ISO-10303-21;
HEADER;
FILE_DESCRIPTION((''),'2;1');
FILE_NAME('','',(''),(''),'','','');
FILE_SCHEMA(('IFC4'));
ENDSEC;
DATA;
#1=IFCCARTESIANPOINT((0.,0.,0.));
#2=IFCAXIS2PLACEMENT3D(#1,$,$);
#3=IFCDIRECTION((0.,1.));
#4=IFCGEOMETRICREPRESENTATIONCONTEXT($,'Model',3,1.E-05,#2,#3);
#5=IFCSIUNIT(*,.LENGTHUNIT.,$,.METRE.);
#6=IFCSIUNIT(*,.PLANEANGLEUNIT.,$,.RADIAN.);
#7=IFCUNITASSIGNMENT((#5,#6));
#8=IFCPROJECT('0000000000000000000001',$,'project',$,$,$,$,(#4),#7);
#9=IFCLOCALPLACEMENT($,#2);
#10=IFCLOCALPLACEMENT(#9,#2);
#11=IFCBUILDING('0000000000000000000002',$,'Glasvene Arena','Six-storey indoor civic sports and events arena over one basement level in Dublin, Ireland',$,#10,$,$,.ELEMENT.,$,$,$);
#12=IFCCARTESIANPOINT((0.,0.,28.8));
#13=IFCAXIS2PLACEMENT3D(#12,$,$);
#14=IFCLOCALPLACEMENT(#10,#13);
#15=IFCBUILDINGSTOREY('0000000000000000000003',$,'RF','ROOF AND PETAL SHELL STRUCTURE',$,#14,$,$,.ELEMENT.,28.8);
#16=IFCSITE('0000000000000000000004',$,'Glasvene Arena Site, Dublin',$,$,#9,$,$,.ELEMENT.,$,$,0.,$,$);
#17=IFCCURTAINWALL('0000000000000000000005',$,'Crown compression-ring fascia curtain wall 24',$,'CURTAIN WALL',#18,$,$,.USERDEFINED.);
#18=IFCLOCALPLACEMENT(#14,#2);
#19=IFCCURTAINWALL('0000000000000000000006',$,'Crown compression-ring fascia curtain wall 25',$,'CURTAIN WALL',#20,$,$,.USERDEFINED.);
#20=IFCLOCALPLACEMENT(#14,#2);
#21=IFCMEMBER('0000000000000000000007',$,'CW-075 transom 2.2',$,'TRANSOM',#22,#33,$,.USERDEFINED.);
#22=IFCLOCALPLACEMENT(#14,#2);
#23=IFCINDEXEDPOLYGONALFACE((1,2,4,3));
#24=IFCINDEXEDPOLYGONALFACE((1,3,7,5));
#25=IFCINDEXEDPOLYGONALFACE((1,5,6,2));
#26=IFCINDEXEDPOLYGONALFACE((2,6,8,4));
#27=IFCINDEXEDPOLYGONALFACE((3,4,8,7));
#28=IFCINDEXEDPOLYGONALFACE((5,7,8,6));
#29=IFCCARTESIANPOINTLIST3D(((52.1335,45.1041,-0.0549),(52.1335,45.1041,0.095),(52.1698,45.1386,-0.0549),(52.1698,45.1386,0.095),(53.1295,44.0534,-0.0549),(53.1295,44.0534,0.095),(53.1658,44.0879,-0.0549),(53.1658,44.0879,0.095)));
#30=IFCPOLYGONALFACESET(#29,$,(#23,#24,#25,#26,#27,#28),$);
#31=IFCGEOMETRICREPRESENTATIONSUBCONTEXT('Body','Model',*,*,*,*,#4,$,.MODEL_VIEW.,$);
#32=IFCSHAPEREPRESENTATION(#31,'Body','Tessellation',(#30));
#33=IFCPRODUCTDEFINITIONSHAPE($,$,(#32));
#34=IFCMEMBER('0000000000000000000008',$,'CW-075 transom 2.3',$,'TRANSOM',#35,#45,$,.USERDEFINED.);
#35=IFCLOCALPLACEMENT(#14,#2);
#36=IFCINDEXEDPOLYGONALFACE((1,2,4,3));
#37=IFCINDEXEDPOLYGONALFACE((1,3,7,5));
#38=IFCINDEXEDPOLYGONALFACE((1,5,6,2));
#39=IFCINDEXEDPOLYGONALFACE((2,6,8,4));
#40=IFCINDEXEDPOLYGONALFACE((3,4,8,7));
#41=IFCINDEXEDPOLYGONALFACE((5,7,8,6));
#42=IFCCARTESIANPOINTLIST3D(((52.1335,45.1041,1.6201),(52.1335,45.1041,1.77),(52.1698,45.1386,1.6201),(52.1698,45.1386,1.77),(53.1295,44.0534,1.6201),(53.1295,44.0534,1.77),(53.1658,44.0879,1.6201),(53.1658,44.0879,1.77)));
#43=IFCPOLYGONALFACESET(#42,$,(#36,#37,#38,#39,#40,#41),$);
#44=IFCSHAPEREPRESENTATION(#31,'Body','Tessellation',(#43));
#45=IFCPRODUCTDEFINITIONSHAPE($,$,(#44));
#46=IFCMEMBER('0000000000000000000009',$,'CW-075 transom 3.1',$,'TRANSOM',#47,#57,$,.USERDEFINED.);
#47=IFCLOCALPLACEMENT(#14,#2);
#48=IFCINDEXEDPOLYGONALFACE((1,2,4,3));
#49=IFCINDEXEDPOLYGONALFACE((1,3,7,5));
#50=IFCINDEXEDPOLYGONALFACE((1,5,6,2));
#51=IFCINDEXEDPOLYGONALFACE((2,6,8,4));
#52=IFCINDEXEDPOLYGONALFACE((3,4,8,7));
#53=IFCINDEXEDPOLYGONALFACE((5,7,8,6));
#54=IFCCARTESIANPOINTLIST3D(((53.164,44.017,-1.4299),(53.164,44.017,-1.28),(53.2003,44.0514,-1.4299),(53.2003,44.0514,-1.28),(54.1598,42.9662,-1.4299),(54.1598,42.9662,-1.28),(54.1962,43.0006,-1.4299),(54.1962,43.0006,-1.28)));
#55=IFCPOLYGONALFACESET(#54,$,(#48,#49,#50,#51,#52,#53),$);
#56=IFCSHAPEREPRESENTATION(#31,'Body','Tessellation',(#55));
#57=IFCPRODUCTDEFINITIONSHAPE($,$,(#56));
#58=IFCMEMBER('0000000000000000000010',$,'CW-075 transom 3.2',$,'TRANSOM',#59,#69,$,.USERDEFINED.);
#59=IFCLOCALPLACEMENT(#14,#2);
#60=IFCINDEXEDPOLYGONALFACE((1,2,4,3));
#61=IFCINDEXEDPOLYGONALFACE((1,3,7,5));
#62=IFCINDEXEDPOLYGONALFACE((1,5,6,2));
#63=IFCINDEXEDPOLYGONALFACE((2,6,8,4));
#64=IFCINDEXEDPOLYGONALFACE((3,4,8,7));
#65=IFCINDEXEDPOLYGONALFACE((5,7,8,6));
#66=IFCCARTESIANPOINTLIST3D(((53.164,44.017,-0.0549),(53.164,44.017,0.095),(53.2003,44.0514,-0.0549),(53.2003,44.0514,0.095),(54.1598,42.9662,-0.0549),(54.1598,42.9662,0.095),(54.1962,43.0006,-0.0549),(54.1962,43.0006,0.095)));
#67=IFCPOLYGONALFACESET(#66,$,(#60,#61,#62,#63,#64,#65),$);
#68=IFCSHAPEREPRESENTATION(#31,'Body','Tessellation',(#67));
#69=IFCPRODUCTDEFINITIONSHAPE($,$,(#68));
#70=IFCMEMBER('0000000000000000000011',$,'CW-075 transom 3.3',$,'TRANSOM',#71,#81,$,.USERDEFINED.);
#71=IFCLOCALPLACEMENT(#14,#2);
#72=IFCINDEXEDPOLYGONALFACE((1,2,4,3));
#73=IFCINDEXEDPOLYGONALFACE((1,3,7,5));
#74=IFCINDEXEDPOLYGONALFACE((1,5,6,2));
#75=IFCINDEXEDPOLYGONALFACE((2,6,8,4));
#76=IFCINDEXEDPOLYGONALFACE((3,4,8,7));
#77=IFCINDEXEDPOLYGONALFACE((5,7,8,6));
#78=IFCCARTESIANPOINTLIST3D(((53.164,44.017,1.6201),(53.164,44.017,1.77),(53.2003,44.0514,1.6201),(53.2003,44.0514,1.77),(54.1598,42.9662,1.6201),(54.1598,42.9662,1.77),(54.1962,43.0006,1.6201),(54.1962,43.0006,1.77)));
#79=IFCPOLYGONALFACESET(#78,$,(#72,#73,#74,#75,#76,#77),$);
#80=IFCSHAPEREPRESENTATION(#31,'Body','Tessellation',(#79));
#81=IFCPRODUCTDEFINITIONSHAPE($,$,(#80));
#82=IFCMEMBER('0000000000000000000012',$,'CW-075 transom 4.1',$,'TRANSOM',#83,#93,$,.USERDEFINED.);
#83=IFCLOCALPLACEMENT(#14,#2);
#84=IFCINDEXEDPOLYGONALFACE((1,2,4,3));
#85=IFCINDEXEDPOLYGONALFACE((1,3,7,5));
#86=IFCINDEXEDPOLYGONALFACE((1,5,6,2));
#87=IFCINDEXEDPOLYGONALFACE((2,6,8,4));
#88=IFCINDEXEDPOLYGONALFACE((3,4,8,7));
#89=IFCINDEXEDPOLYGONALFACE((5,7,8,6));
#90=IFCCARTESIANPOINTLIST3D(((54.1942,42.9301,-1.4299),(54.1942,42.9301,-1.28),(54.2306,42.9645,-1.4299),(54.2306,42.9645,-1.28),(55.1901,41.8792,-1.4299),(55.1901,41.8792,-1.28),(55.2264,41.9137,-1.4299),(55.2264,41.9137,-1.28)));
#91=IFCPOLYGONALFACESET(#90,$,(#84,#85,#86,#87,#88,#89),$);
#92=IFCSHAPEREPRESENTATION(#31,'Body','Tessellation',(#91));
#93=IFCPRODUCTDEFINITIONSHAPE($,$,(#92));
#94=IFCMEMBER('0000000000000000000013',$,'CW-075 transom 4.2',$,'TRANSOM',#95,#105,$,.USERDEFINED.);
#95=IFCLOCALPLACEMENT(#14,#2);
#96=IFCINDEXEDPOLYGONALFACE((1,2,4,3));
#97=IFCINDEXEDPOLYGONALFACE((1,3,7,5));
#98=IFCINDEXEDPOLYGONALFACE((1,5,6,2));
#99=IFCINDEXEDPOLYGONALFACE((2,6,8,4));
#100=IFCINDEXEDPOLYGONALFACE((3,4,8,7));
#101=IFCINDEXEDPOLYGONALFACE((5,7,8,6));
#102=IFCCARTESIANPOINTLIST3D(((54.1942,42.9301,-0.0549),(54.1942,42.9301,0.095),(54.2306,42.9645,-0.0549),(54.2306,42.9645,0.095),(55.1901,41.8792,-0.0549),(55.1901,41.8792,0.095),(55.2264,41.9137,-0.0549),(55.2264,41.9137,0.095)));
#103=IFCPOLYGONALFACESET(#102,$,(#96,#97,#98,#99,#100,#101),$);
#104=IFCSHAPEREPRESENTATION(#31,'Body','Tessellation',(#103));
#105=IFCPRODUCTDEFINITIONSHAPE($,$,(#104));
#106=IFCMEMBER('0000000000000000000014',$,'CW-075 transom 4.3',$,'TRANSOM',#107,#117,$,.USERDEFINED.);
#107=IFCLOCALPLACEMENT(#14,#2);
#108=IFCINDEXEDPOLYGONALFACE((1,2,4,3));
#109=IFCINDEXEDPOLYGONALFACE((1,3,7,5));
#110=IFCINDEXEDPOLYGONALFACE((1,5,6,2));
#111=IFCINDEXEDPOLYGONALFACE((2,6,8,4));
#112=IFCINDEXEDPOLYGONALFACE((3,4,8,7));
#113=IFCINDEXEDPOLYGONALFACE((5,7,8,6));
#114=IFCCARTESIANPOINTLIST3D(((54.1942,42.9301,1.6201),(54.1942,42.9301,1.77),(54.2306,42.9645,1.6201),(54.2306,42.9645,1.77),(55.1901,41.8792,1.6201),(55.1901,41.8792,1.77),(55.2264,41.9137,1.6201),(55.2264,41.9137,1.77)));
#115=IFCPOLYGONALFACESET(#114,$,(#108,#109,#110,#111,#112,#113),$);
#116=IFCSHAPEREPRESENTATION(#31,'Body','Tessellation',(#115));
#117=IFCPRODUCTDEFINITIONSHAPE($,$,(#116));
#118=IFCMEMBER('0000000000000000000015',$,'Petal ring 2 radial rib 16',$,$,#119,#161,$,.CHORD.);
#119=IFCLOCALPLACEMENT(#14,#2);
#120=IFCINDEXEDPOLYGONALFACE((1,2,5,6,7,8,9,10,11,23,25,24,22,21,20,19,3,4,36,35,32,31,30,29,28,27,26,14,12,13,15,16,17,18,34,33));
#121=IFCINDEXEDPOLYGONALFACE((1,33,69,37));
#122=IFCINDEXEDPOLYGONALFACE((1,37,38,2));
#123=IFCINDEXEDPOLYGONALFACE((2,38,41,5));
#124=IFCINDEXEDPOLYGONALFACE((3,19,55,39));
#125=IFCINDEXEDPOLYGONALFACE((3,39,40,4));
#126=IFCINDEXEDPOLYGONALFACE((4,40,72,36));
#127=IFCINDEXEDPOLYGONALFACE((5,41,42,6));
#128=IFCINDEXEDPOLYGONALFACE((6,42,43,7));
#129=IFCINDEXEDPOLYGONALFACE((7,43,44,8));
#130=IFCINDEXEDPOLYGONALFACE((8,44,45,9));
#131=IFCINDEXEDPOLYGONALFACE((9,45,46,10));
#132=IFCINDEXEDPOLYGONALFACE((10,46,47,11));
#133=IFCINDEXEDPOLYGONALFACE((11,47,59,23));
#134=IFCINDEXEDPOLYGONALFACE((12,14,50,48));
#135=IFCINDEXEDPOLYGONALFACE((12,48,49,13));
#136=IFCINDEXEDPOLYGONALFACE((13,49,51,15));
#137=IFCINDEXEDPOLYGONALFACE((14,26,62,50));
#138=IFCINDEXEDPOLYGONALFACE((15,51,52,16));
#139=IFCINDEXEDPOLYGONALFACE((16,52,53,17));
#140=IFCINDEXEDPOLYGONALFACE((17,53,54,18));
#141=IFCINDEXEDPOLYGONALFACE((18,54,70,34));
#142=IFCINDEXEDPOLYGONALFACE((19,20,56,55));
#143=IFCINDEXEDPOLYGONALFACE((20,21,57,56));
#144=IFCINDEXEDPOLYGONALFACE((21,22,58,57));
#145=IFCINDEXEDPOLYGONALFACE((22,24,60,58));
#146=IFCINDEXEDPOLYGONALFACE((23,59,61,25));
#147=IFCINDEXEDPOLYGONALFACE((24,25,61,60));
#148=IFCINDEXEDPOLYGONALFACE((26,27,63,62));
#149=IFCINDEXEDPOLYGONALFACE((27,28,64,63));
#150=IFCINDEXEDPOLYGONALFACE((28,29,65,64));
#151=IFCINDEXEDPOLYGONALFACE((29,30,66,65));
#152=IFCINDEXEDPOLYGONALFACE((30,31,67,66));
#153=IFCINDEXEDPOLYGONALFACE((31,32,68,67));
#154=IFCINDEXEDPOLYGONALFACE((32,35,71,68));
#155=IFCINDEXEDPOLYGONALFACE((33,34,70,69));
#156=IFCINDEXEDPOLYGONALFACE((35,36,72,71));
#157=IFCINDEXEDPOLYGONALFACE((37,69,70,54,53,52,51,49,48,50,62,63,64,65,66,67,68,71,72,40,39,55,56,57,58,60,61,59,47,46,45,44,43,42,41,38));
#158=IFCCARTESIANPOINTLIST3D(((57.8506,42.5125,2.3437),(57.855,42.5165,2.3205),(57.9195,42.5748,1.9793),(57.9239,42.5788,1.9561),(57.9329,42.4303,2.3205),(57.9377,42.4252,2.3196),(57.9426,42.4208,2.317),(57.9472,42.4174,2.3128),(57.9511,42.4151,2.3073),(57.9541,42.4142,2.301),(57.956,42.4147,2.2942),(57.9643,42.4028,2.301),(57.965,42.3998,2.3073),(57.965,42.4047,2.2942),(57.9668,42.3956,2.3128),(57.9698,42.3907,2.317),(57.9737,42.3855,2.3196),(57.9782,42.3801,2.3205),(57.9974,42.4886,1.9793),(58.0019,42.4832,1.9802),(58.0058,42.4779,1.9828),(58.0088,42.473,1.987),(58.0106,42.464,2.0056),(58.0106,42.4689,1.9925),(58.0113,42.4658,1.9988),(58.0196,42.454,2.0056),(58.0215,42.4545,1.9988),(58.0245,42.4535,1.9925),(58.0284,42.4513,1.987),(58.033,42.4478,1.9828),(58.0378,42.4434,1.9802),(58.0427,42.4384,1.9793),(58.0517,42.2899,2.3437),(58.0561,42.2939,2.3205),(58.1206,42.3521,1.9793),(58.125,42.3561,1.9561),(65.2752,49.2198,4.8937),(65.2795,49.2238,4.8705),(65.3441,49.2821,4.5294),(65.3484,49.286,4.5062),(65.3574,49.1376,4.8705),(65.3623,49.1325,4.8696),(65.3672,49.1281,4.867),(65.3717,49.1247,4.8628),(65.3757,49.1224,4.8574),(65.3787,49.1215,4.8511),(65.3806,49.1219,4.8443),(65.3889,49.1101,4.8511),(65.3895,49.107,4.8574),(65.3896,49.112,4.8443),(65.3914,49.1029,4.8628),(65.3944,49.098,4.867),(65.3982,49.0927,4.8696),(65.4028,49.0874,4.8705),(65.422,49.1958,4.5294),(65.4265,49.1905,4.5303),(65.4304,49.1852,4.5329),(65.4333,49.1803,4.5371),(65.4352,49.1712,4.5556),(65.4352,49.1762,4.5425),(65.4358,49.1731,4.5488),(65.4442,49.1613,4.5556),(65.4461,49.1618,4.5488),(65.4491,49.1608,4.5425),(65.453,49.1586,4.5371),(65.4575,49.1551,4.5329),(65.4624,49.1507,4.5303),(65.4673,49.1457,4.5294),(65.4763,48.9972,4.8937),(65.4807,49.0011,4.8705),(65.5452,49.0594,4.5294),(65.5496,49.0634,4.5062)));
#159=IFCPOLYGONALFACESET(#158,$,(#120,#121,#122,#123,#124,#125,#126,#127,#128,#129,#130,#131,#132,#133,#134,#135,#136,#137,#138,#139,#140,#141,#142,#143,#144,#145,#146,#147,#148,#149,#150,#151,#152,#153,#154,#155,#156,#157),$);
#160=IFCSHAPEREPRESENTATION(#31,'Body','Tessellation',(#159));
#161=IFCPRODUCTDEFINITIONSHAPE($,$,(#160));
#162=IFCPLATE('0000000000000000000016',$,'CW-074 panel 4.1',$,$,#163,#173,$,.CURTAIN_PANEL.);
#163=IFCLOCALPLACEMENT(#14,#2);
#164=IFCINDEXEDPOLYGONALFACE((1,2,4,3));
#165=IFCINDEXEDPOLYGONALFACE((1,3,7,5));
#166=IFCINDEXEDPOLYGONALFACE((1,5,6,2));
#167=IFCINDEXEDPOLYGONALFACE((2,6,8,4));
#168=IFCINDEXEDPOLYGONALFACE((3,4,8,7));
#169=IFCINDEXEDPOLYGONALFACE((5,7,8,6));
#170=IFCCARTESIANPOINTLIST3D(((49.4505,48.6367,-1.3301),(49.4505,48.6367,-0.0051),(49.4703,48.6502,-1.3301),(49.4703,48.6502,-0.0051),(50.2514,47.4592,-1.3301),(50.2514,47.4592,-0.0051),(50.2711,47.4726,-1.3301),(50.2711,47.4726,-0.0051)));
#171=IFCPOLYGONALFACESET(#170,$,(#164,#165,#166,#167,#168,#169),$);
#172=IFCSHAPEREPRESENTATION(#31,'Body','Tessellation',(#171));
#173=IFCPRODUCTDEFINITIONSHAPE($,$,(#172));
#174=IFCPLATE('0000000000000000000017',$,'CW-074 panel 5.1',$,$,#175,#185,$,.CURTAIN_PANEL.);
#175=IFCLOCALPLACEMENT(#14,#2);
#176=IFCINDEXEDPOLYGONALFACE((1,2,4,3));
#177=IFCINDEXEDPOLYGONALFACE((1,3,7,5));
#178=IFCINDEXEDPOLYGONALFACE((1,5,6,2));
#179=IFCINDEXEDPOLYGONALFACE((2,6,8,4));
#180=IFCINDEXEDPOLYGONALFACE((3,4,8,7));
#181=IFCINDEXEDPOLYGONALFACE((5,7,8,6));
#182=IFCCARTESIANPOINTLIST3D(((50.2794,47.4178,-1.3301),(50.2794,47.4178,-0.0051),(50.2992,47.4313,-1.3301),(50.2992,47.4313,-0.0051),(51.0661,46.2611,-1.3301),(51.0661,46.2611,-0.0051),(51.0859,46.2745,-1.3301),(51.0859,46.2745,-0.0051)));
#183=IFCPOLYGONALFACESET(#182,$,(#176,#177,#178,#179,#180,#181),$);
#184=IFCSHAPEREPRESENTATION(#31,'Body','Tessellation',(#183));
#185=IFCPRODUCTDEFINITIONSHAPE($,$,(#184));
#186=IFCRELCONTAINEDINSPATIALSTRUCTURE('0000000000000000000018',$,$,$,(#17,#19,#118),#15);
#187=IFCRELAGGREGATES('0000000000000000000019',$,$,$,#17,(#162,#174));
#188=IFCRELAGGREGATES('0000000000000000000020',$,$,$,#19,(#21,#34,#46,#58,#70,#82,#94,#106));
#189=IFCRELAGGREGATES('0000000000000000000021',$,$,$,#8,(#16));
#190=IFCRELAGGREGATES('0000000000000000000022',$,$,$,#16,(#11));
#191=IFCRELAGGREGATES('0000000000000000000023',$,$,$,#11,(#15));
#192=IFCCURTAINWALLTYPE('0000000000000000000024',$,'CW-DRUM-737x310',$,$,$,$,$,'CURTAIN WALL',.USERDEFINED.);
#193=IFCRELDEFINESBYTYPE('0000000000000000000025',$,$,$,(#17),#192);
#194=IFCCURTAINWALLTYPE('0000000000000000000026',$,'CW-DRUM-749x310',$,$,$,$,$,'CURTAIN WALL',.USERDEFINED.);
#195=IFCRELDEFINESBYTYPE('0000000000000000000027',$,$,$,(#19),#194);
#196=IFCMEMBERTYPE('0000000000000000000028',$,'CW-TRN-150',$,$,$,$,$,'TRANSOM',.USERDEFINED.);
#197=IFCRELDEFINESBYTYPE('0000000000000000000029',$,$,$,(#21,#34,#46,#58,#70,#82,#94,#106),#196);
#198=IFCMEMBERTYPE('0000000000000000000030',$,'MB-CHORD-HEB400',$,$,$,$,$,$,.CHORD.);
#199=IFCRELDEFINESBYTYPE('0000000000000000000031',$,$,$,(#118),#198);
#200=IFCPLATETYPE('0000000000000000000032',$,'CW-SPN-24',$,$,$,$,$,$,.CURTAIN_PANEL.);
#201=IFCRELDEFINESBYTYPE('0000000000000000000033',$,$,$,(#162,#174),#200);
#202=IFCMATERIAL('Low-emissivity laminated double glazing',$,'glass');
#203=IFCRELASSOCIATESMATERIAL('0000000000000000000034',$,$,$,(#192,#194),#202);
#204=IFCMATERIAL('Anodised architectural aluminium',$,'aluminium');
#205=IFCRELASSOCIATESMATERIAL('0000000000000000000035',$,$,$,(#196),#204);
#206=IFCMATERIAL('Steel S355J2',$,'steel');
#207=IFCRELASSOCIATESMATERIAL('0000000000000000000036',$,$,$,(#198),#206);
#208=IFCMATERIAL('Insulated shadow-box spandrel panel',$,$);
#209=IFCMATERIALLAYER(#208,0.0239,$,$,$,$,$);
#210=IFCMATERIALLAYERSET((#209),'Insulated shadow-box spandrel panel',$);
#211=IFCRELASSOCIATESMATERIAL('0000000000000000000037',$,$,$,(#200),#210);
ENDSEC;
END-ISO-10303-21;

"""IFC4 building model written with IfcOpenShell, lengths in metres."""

from ifc_helpers import new_model, si_unit, direction, frame, origin, origin_2d, place, context, subcontext, project, spatial, rectangle, i_section, extrude, material, layer, layer_set, material_profile, profile_set, type_object, element, aggregate, save


model = new_model("IFC4")

# Units and contexts
model_context = context("Model", 3, precision=1e-05, world=origin(), true_north=direction((0.0, 1.0)))
body_context = subcontext(model_context, "Body", "Model", "MODEL_VIEW")
ifc_project = project(units=[si_unit("LENGTHUNIT", "METRE"), si_unit("PLANEANGLEUNIT", "RADIAN")], contexts=[model_context])

# Site, building, storey
site_placement = place(None, origin())
site = spatial("IfcSite", under=ifc_project, at=site_placement, Name="Glasvene Arena Site, Dublin", CompositionType="ELEMENT", RefElevation=0.0)
building_placement = place(site_placement, origin())
building = spatial("IfcBuilding", under=site, at=building_placement, Name="Glasvene Arena", Description="Six-storey indoor civic sports and events arena over one basement level in Dublin, Ireland", CompositionType="ELEMENT")
storey_placement = place(building_placement, frame((0.0, 0.0, 28.8)))
storey = spatial("IfcBuildingStorey", under=building, at=storey_placement, Name="RF", Description="ROOF AND PETAL SHELL STRUCTURE", CompositionType="ELEMENT", Elevation=28.8)

# Shared definitions
ifc_material_1 = material(Name="Steel S355J2", Category="steel")

# Curtain walls
ifc_material_2 = material(Name="Low-emissivity laminated double glazing", Category="glass")
curtain_wall_type_1 = type_object("IfcCurtainWallType", Name="CW-DRUM-737x310", ElementType="CURTAIN WALL", PredefinedType="USERDEFINED", material=ifc_material_2)
curtain_wall_1_placement = place(storey_placement, frame((46.9597, 52.3208, 0.0)))
curtain_wall_1 = element("IfcCurtainWall", 1, at=curtain_wall_1_placement, inside=storey, type_object=curtain_wall_type_1, Name="Crown compression-ring fascia curtain wall 24", ObjectType="CURTAIN WALL", PredefinedType="USERDEFINED")
ifc_material_3 = material(Name="Anodised architectural aluminium", Category="aluminium")
curtain_wall_type_2 = type_object("IfcCurtainWallType", Name="CW-DRUM-749x310", ElementType="CURTAIN WALL", PredefinedType="USERDEFINED", material=ifc_material_2)
curtain_wall_2_placement = place(storey_placement, frame((51.1042, 46.2263, 0.0)))
curtain_wall_2 = element("IfcCurtainWall", 2, at=curtain_wall_2_placement, inside=storey, type_object=curtain_wall_type_2, Name="Crown compression-ring fascia curtain wall 25", ObjectType="CURTAIN WALL", PredefinedType="USERDEFINED")

# Members
ifc_material_profile_1 = material_profile(ifc_material_3, rectangle(XDim=0.05, YDim=0.1499, at=origin_2d()), Name="ALU TRANSOM 50x150")
ifc_profile_set_1 = profile_set([ifc_material_profile_1], Name="Anodised architectural aluminium")
member_type_1 = type_object("IfcMemberType", Name="CW-TRN-150", ElementType="TRANSOM", PredefinedType="USERDEFINED", material=ifc_profile_set_1)
member_1_placement = place(storey_placement, frame((52.1516, 45.1213, 0.02), z_axis=(0.687969, -0.72574, 0.0), x_axis=(0.72574, 0.687969, 0.0)))
member_1 = element("IfcMember", 3, at=member_1_placement, type_object=member_type_1, Name="CW-075 transom 2.2", ObjectType="TRANSOM", PredefinedType="USERDEFINED", context=body_context, shape_type="SweptSolid", body=[
    extrude(rectangle(XDim=0.05, YDim=0.1499, at=origin_2d()), origin(), (0.0, 0.0, 1.0), 1.4478),
])
member_2_placement = place(storey_placement, frame((52.1516, 45.1213, 1.6951), z_axis=(0.687969, -0.72574, 0.0), x_axis=(0.72574, 0.687969, 0.0)))
member_2 = element("IfcMember", 4, at=member_2_placement, type_object=member_type_1, Name="CW-075 transom 2.3", ObjectType="TRANSOM", PredefinedType="USERDEFINED", context=body_context, shape_type="SweptSolid", body=[
    extrude(rectangle(XDim=0.05, YDim=0.1499, at=origin_2d()), origin(), (0.0, 0.0, 1.0), 1.4478),
])
member_3_placement = place(storey_placement, frame((53.1821, 44.0342, -1.355), z_axis=(0.68788, -0.725824, 0.0), x_axis=(0.725824, 0.68788, 0.0)))
member_3 = element("IfcMember", 5, at=member_3_placement, type_object=member_type_1, Name="CW-075 transom 3.1", ObjectType="TRANSOM", PredefinedType="USERDEFINED", context=body_context, shape_type="SweptSolid", body=[
    extrude(rectangle(XDim=0.05, YDim=0.1499, at=origin_2d()), origin(), (0.0, 0.0, 1.0), 1.4478),
])
member_4_placement = place(storey_placement, frame((53.1821, 44.0342, 0.02), z_axis=(0.68788, -0.725824, 0.0), x_axis=(0.725824, 0.68788, 0.0)))
member_4 = element("IfcMember", 6, at=member_4_placement, type_object=member_type_1, Name="CW-075 transom 3.2", ObjectType="TRANSOM", PredefinedType="USERDEFINED", context=body_context, shape_type="SweptSolid", body=[
    extrude(rectangle(XDim=0.05, YDim=0.1499, at=origin_2d()), origin(), (0.0, 0.0, 1.0), 1.4478),
])
member_5_placement = place(storey_placement, frame((53.1821, 44.0342, 1.6951), z_axis=(0.68788, -0.725824, 0.0), x_axis=(0.725824, 0.68788, 0.0)))
member_5 = element("IfcMember", 7, at=member_5_placement, type_object=member_type_1, Name="CW-075 transom 3.3", ObjectType="TRANSOM", PredefinedType="USERDEFINED", context=body_context, shape_type="SweptSolid", body=[
    extrude(rectangle(XDim=0.05, YDim=0.1499, at=origin_2d()), origin(), (0.0, 0.0, 1.0), 1.4478),
])
member_6_placement = place(storey_placement, frame((54.2124, 42.9473, -1.355), z_axis=(0.68788, -0.725824, 0.0), x_axis=(0.725824, 0.68788, 0.0)))
member_6 = element("IfcMember", 8, at=member_6_placement, type_object=member_type_1, Name="CW-075 transom 4.1", ObjectType="TRANSOM", PredefinedType="USERDEFINED", context=body_context, shape_type="SweptSolid", body=[
    extrude(rectangle(XDim=0.05, YDim=0.1499, at=origin_2d()), origin(), (0.0, 0.0, 1.0), 1.4478),
])
member_7_placement = place(storey_placement, frame((54.2124, 42.9473, 0.02), z_axis=(0.68788, -0.725824, 0.0), x_axis=(0.725824, 0.68788, 0.0)))
member_7 = element("IfcMember", 9, at=member_7_placement, type_object=member_type_1, Name="CW-075 transom 4.2", ObjectType="TRANSOM", PredefinedType="USERDEFINED", context=body_context, shape_type="SweptSolid", body=[
    extrude(rectangle(XDim=0.05, YDim=0.1499, at=origin_2d()), origin(), (0.0, 0.0, 1.0), 1.4478),
])
member_8_placement = place(storey_placement, frame((54.2124, 42.9473, 1.6951), z_axis=(0.68788, -0.725824, 0.0), x_axis=(0.725824, 0.68788, 0.0)))
member_8 = element("IfcMember", 10, at=member_8_placement, type_object=member_type_1, Name="CW-075 transom 4.3", ObjectType="TRANSOM", PredefinedType="USERDEFINED", context=body_context, shape_type="SweptSolid", body=[
    extrude(rectangle(XDim=0.05, YDim=0.1499, at=origin_2d()), origin(), (0.0, 0.0, 1.0), 1.4478),
])
ifc_material_profile_2 = material_profile(ifc_material_1, i_section(OverallWidth=0.3, OverallDepth=0.3999, WebThickness=0.0134, FlangeThickness=0.0239, FilletRadius=0.0271, at=origin_2d()), Name="HEB 400")
ifc_profile_set_2 = profile_set([ifc_material_profile_2], Name="Steel S355J2")
member_type_2 = type_object("IfcMemberType", Name="MB-CHORD-HEB400", PredefinedType="CHORD", material=ifc_profile_set_2)
member_9_placement = place(storey_placement, frame((57.9878, 42.4343, 2.1499), z_axis=(0.719056, 0.649588, 0.246968), x_axis=(-0.670353, 0.742042, 0.0)))
element("IfcMember", 11, at=member_9_placement, inside=storey, type_object=member_type_2, Name="Petal ring 2 radial rib 16", PredefinedType="CHORD", context=body_context, shape_type="SweptSolid", body=[
    extrude(i_section(OverallWidth=0.3, OverallDepth=0.3999, WebThickness=0.0134, FlangeThickness=0.0239, FilletRadius=0.0271, at=origin_2d()), origin(), (0.0, 0.0, 1.0), 10.3254),
])

# Plates
ifc_material_4 = material(Name="Insulated shadow-box spandrel panel")
ifc_layer_1 = layer(ifc_material_4, 0.0239)
ifc_layer_set_1 = layer_set([ifc_layer_1], Name="Insulated shadow-box spandrel panel")
plate_type_1 = type_object("IfcPlateType", Name="CW-SPN-24", PredefinedType="CURTAIN_PANEL", material=ifc_layer_set_1)
plate_1_placement = place(storey_placement, frame((49.8608, 48.0547, -1.3301), z_axis=(0.0, 0.0, 1.0), x_axis=(0.562354, -0.826896, 0.0)))
plate_1 = element("IfcPlate", 12, at=plate_1_placement, type_object=plate_type_1, Name="CW-074 panel 4.1", PredefinedType="CURTAIN_PANEL", context=body_context, shape_type="SweptSolid", body=[
    extrude(rectangle(XDim=1.4241, YDim=0.0239, at=origin_2d()), origin(), (0.0, 0.0, 1.0), 1.325),
])
plate_2_placement = place(storey_placement, frame((50.6826, 46.8462, -1.3301), z_axis=(0.0, 0.0, 1.0), x_axis=(0.562354, -0.826896, 0.0)))
plate_2 = element("IfcPlate", 13, at=plate_2_placement, type_object=plate_type_1, Name="CW-074 panel 5.1", PredefinedType="CURTAIN_PANEL", context=body_context, shape_type="SweptSolid", body=[
    extrude(rectangle(XDim=1.3989, YDim=0.0239, at=origin_2d()), origin(), (0.0, 0.0, 1.0), 1.325),
])
aggregate(curtain_wall_1, [plate_1, plate_2])
aggregate(curtain_wall_2, [member_1, member_2, member_3, member_4, member_5, member_6, member_7, member_8])

save(model, "model.ifc")
